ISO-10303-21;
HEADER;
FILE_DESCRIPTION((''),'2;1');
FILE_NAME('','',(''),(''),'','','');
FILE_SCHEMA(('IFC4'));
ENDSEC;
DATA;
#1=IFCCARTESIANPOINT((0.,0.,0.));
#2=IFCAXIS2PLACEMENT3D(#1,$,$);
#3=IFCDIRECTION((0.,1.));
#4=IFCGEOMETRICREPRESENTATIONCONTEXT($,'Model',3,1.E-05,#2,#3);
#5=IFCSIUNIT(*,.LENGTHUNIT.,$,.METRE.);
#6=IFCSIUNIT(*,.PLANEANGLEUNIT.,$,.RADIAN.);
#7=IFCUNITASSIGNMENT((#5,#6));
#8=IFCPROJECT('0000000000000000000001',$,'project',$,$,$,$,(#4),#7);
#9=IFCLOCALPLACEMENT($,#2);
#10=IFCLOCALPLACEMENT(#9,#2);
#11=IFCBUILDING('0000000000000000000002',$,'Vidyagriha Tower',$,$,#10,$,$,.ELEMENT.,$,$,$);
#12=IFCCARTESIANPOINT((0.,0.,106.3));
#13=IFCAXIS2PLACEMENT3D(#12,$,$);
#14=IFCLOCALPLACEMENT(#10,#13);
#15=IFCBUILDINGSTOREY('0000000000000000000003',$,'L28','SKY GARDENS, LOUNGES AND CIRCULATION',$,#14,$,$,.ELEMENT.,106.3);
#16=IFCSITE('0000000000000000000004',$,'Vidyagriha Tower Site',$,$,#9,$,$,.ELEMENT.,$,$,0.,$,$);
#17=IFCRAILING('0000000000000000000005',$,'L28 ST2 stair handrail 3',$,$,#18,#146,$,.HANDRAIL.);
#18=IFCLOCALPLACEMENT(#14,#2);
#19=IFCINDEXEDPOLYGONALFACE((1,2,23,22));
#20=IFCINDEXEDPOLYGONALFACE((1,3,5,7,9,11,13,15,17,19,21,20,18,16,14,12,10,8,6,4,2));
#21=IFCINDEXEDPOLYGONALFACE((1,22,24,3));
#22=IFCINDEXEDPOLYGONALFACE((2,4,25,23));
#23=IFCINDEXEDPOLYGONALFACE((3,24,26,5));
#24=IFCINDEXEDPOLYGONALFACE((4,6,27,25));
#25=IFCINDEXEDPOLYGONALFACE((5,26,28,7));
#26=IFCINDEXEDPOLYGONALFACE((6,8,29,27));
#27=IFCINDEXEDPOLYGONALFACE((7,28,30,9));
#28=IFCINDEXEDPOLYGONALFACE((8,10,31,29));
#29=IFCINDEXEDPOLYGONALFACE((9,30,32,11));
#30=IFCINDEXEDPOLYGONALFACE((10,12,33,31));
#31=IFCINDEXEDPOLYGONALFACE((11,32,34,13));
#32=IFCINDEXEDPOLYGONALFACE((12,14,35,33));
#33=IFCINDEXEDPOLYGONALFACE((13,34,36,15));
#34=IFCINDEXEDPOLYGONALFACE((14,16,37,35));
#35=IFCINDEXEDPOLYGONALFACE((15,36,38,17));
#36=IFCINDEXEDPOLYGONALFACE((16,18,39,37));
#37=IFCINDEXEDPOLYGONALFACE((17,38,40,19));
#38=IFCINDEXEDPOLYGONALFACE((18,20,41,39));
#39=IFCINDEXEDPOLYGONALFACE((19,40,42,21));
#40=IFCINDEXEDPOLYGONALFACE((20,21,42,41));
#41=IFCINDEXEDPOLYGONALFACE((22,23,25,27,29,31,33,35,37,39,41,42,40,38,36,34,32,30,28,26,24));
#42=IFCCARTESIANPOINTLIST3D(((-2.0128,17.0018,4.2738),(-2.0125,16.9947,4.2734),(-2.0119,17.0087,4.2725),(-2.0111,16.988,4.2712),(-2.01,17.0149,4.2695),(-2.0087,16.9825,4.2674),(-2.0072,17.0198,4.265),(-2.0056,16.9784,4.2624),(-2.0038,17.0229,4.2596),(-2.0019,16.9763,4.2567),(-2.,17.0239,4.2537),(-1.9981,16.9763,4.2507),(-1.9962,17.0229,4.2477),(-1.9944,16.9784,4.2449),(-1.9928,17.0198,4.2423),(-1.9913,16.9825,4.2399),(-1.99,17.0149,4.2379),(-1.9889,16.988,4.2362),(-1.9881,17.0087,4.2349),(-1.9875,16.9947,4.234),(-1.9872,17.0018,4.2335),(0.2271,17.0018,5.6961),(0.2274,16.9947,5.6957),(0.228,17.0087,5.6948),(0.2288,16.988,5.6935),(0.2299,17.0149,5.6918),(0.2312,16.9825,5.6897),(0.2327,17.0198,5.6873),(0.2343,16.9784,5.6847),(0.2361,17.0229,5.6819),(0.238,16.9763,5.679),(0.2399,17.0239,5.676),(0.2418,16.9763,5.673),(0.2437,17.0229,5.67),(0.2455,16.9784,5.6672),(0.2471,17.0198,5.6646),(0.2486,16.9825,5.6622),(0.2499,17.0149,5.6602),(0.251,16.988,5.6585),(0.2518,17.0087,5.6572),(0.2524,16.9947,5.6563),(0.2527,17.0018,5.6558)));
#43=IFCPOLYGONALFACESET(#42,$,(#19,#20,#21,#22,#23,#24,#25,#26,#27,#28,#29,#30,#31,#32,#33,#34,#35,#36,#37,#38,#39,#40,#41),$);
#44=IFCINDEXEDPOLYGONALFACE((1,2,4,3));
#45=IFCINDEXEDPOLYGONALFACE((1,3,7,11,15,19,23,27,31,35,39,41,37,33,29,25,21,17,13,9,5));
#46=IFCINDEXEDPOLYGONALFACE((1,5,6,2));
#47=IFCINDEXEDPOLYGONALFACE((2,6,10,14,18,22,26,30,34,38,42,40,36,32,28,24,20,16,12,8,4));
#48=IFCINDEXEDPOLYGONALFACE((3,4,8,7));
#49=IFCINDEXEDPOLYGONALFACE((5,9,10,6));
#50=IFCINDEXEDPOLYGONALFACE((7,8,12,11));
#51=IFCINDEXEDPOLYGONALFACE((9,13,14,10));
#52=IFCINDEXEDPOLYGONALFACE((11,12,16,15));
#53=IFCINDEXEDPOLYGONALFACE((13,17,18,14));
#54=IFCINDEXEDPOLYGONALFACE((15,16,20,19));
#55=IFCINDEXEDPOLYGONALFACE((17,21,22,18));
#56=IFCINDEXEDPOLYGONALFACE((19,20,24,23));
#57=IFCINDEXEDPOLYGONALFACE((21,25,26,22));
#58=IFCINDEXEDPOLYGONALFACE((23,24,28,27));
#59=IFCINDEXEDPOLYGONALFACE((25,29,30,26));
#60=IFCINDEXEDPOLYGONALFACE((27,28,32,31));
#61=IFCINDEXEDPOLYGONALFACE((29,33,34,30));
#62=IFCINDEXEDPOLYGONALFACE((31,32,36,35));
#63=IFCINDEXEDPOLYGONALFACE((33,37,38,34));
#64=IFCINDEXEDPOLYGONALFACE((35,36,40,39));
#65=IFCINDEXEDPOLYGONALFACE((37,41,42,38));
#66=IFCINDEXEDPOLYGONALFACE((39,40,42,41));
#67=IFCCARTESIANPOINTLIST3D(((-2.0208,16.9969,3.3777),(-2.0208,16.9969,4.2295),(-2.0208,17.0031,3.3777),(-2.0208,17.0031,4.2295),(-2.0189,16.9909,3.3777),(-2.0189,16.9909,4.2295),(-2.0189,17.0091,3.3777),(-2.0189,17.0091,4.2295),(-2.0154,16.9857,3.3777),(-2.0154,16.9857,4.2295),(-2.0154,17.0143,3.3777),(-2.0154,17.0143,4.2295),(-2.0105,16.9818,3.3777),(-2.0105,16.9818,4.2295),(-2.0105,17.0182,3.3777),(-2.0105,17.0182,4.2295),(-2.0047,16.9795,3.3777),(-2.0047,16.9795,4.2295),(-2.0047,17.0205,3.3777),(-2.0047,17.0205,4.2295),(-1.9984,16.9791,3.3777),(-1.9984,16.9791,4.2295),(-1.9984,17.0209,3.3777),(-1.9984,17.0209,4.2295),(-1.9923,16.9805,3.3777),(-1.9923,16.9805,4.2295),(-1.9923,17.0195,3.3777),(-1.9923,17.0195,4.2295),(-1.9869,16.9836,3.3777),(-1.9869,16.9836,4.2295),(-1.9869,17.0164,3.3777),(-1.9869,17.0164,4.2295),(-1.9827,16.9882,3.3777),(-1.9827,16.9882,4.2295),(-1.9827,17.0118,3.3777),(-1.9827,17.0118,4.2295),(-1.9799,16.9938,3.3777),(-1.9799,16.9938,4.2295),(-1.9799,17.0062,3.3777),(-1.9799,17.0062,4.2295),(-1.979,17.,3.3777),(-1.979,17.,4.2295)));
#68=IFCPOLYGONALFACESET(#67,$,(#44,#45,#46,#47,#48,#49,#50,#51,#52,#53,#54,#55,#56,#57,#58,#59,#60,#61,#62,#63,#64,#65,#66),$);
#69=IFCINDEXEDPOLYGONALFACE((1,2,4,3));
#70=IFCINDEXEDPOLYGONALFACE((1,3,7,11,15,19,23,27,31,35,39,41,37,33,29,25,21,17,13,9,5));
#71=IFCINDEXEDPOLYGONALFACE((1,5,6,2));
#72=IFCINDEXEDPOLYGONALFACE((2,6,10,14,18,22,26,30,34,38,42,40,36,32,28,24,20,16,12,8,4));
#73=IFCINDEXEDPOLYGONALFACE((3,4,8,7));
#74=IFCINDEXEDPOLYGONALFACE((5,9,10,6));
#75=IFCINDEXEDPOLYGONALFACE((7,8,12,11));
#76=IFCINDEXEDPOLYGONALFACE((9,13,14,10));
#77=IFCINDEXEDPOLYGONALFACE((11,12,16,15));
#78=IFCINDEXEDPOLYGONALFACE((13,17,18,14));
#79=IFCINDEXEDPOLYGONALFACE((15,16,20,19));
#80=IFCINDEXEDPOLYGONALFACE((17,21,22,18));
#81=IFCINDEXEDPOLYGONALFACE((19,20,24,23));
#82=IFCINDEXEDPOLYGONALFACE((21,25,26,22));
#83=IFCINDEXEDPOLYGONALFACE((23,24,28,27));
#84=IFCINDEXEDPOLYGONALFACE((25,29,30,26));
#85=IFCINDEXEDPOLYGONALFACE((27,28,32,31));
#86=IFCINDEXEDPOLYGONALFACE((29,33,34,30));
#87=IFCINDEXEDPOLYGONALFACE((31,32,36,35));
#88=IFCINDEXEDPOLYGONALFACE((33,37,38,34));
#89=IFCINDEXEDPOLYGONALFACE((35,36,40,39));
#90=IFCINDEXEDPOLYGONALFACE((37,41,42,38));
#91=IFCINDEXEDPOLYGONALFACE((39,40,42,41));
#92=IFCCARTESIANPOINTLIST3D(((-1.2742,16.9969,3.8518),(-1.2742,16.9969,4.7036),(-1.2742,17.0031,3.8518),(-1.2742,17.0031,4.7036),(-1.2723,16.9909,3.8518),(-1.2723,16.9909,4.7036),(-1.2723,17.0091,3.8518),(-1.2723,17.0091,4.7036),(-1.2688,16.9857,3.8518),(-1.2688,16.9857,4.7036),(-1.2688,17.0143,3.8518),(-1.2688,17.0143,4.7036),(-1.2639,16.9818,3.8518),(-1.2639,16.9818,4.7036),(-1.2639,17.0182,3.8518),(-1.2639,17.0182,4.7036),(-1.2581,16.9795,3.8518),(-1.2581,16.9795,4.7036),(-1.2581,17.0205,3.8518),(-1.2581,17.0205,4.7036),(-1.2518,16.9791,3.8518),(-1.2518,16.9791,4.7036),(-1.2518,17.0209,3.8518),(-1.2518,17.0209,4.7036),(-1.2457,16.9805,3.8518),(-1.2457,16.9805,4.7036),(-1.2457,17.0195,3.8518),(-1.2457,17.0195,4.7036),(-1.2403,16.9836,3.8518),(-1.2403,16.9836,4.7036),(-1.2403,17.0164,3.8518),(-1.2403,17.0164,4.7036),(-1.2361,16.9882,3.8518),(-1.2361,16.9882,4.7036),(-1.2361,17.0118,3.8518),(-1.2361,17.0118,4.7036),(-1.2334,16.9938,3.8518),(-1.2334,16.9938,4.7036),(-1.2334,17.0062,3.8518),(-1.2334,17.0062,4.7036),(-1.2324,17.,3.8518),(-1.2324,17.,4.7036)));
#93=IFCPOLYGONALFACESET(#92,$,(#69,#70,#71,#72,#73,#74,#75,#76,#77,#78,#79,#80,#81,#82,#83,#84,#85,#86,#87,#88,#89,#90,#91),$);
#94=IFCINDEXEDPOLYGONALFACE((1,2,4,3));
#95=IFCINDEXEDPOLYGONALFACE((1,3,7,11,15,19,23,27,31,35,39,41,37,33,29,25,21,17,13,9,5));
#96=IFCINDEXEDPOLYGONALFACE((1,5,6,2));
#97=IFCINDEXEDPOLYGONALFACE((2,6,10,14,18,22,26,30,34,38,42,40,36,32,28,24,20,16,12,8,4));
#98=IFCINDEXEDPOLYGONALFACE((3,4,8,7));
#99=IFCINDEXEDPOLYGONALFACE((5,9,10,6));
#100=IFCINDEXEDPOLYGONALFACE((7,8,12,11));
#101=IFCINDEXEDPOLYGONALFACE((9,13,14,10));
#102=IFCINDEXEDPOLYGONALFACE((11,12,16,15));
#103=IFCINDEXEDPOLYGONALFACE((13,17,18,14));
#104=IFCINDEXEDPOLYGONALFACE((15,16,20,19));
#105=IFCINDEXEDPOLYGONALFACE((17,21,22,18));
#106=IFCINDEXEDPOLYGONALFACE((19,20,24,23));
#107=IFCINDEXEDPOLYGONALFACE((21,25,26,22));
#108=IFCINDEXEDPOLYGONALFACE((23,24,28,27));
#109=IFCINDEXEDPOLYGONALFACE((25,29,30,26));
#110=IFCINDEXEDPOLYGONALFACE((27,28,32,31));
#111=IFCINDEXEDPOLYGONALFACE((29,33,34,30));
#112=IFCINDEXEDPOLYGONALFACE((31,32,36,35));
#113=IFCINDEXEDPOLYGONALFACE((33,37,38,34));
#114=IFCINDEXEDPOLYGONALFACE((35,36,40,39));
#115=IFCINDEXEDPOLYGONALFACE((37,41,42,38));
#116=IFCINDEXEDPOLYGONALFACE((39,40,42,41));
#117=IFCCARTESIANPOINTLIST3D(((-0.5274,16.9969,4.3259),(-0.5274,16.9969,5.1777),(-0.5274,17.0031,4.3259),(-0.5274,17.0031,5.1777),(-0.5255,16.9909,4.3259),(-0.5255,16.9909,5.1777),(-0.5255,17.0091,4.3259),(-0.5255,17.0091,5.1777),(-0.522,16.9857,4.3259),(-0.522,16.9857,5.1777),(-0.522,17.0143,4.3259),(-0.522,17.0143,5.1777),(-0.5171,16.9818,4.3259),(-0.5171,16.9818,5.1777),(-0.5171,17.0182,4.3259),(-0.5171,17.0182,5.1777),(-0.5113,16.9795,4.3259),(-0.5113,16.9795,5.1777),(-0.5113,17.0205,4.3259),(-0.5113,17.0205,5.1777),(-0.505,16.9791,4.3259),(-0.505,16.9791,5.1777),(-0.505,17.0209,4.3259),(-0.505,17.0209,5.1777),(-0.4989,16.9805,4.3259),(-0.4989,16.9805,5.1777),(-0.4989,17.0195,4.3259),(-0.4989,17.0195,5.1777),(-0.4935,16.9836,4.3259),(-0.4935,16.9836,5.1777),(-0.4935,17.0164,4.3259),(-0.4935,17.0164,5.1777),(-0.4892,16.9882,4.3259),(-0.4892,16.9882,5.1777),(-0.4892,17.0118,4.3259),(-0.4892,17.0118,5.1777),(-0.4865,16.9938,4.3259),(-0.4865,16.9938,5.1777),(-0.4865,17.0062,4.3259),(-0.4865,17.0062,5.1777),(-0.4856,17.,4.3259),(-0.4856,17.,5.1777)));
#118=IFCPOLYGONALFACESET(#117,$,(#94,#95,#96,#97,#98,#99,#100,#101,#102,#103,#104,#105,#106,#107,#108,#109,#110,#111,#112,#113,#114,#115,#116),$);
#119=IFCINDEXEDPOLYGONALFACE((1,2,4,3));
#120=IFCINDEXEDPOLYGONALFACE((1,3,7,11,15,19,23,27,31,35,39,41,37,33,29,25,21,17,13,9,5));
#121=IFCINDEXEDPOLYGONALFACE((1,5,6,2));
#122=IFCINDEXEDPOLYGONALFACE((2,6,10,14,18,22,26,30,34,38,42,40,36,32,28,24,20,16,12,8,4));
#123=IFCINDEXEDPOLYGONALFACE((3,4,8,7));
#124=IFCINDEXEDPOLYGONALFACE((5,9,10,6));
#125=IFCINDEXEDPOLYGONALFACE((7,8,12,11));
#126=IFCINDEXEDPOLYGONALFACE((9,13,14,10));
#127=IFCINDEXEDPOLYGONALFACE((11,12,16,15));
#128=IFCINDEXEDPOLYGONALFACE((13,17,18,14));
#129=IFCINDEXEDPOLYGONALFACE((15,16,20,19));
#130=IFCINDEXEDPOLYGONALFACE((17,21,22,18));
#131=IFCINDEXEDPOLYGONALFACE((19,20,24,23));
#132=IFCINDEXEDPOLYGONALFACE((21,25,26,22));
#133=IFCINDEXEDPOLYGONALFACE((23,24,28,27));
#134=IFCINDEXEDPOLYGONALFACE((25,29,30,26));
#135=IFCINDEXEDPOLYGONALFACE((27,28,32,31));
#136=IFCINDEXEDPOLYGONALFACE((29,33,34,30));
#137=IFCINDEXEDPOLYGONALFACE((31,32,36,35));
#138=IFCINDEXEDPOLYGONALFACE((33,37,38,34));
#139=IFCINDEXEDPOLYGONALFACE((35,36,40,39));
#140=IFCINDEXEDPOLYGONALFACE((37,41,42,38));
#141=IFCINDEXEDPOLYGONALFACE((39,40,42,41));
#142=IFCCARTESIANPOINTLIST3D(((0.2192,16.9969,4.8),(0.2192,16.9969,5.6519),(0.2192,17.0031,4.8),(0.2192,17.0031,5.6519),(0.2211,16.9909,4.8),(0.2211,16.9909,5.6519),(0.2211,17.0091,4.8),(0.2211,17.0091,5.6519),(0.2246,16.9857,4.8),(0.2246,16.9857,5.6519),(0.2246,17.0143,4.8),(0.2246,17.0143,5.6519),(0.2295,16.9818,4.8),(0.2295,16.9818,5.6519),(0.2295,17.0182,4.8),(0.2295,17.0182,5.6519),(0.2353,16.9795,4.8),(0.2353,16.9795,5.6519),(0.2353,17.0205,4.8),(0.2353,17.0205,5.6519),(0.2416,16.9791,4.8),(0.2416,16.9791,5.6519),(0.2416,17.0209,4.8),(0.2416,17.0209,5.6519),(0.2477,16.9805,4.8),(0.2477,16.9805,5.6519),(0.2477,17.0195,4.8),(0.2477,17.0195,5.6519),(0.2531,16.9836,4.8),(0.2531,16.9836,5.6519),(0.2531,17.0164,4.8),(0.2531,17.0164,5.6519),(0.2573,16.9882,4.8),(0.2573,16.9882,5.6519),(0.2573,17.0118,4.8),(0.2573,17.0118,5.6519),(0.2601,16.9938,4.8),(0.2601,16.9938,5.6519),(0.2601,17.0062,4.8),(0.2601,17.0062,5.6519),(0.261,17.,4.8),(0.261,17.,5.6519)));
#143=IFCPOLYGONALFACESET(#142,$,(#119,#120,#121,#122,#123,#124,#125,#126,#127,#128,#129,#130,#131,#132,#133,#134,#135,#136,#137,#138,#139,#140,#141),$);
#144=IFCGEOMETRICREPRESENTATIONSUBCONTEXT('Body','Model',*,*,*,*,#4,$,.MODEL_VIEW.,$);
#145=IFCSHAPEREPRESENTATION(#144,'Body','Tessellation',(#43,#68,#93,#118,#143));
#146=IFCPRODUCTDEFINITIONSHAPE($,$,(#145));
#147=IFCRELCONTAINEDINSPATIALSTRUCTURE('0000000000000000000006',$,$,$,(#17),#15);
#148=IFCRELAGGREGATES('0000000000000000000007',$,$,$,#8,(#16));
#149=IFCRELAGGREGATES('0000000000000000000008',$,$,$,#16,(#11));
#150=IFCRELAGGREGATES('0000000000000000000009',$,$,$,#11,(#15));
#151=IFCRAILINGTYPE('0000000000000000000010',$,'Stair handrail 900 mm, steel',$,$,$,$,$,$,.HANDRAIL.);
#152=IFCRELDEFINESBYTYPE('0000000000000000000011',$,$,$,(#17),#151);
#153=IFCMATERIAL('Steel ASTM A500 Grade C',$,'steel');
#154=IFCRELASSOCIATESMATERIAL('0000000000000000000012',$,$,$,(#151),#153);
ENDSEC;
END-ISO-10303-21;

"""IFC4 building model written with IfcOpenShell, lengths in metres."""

from ifc_helpers import new_model, si_unit, direction, frame, origin, origin_2d, place, context, subcontext, project, spatial, circle, extrude, material, type_object, element, save


model = new_model("IFC4")

# Units and contexts
model_context = context("Model", 3, precision=1e-05, world=origin(), true_north=direction((0.0, 1.0)))
body_context = subcontext(model_context, "Body", "Model", "MODEL_VIEW")
ifc_project = project(units=[si_unit("LENGTHUNIT", "METRE"), si_unit("PLANEANGLEUNIT", "RADIAN")], contexts=[model_context])

# Site, building, storey
site_placement = place(None, origin())
site = spatial("IfcSite", under=ifc_project, at=site_placement, Name="Vidyagriha Tower Site", CompositionType="ELEMENT", RefElevation=0.0)
building_placement = place(site_placement, origin())
building = spatial("IfcBuilding", under=site, at=building_placement, Name="Vidyagriha Tower", CompositionType="ELEMENT")
storey_placement = place(building_placement, frame((0.0, 0.0, 106.3)))
storey = spatial("IfcBuildingStorey", under=building, at=storey_placement, Name="L28", Description="SKY GARDENS, LOUNGES AND CIRCULATION", CompositionType="ELEMENT", Elevation=106.3)

# Railing
ifc_material_1 = material(Name="Steel ASTM A500 Grade C", Category="steel")
railing_type_1 = type_object("IfcRailingType", Name="Stair handrail 900 mm, steel", PredefinedType="HANDRAIL", material=ifc_material_1)
for number, where, name in (
    (1, (-2.0, 17.0, 3.3777), "L28 ST2 stair handrail 3"),
):
    element("IfcRailing", number, at=place(storey_placement, frame(where)), inside=storey, type_object=railing_type_1, Name=name, PredefinedType="HANDRAIL", context=body_context, shape_type="SweptSolid", body=[
        extrude(circle(Radius=0.0239, at=origin_2d()), frame((0.0, 0.0, 0.876), z_axis=(0.844188, 0.0, 0.536048), x_axis=(0.0, 1.0, 0.0)), (0.0, 0.0, 1.0), 2.6533),
        extrude(circle(Radius=0.021, at=origin_2d()), origin(), (0.0, 0.0, 1.0), 0.8518),
        extrude(circle(Radius=0.021, at=origin_2d()), frame((0.7466, 0.0, 0.4741)), (0.0, 0.0, 1.0), 0.8518),
        extrude(circle(Radius=0.021, at=origin_2d()), frame((1.4934, 0.0, 0.9482)), (0.0, 0.0, 1.0), 0.8518),
        extrude(circle(Radius=0.021, at=origin_2d()), frame((2.24, 0.0, 1.4224)), (0.0, 0.0, 1.0), 0.8518),
    ])

save(model, "model.ifc")
